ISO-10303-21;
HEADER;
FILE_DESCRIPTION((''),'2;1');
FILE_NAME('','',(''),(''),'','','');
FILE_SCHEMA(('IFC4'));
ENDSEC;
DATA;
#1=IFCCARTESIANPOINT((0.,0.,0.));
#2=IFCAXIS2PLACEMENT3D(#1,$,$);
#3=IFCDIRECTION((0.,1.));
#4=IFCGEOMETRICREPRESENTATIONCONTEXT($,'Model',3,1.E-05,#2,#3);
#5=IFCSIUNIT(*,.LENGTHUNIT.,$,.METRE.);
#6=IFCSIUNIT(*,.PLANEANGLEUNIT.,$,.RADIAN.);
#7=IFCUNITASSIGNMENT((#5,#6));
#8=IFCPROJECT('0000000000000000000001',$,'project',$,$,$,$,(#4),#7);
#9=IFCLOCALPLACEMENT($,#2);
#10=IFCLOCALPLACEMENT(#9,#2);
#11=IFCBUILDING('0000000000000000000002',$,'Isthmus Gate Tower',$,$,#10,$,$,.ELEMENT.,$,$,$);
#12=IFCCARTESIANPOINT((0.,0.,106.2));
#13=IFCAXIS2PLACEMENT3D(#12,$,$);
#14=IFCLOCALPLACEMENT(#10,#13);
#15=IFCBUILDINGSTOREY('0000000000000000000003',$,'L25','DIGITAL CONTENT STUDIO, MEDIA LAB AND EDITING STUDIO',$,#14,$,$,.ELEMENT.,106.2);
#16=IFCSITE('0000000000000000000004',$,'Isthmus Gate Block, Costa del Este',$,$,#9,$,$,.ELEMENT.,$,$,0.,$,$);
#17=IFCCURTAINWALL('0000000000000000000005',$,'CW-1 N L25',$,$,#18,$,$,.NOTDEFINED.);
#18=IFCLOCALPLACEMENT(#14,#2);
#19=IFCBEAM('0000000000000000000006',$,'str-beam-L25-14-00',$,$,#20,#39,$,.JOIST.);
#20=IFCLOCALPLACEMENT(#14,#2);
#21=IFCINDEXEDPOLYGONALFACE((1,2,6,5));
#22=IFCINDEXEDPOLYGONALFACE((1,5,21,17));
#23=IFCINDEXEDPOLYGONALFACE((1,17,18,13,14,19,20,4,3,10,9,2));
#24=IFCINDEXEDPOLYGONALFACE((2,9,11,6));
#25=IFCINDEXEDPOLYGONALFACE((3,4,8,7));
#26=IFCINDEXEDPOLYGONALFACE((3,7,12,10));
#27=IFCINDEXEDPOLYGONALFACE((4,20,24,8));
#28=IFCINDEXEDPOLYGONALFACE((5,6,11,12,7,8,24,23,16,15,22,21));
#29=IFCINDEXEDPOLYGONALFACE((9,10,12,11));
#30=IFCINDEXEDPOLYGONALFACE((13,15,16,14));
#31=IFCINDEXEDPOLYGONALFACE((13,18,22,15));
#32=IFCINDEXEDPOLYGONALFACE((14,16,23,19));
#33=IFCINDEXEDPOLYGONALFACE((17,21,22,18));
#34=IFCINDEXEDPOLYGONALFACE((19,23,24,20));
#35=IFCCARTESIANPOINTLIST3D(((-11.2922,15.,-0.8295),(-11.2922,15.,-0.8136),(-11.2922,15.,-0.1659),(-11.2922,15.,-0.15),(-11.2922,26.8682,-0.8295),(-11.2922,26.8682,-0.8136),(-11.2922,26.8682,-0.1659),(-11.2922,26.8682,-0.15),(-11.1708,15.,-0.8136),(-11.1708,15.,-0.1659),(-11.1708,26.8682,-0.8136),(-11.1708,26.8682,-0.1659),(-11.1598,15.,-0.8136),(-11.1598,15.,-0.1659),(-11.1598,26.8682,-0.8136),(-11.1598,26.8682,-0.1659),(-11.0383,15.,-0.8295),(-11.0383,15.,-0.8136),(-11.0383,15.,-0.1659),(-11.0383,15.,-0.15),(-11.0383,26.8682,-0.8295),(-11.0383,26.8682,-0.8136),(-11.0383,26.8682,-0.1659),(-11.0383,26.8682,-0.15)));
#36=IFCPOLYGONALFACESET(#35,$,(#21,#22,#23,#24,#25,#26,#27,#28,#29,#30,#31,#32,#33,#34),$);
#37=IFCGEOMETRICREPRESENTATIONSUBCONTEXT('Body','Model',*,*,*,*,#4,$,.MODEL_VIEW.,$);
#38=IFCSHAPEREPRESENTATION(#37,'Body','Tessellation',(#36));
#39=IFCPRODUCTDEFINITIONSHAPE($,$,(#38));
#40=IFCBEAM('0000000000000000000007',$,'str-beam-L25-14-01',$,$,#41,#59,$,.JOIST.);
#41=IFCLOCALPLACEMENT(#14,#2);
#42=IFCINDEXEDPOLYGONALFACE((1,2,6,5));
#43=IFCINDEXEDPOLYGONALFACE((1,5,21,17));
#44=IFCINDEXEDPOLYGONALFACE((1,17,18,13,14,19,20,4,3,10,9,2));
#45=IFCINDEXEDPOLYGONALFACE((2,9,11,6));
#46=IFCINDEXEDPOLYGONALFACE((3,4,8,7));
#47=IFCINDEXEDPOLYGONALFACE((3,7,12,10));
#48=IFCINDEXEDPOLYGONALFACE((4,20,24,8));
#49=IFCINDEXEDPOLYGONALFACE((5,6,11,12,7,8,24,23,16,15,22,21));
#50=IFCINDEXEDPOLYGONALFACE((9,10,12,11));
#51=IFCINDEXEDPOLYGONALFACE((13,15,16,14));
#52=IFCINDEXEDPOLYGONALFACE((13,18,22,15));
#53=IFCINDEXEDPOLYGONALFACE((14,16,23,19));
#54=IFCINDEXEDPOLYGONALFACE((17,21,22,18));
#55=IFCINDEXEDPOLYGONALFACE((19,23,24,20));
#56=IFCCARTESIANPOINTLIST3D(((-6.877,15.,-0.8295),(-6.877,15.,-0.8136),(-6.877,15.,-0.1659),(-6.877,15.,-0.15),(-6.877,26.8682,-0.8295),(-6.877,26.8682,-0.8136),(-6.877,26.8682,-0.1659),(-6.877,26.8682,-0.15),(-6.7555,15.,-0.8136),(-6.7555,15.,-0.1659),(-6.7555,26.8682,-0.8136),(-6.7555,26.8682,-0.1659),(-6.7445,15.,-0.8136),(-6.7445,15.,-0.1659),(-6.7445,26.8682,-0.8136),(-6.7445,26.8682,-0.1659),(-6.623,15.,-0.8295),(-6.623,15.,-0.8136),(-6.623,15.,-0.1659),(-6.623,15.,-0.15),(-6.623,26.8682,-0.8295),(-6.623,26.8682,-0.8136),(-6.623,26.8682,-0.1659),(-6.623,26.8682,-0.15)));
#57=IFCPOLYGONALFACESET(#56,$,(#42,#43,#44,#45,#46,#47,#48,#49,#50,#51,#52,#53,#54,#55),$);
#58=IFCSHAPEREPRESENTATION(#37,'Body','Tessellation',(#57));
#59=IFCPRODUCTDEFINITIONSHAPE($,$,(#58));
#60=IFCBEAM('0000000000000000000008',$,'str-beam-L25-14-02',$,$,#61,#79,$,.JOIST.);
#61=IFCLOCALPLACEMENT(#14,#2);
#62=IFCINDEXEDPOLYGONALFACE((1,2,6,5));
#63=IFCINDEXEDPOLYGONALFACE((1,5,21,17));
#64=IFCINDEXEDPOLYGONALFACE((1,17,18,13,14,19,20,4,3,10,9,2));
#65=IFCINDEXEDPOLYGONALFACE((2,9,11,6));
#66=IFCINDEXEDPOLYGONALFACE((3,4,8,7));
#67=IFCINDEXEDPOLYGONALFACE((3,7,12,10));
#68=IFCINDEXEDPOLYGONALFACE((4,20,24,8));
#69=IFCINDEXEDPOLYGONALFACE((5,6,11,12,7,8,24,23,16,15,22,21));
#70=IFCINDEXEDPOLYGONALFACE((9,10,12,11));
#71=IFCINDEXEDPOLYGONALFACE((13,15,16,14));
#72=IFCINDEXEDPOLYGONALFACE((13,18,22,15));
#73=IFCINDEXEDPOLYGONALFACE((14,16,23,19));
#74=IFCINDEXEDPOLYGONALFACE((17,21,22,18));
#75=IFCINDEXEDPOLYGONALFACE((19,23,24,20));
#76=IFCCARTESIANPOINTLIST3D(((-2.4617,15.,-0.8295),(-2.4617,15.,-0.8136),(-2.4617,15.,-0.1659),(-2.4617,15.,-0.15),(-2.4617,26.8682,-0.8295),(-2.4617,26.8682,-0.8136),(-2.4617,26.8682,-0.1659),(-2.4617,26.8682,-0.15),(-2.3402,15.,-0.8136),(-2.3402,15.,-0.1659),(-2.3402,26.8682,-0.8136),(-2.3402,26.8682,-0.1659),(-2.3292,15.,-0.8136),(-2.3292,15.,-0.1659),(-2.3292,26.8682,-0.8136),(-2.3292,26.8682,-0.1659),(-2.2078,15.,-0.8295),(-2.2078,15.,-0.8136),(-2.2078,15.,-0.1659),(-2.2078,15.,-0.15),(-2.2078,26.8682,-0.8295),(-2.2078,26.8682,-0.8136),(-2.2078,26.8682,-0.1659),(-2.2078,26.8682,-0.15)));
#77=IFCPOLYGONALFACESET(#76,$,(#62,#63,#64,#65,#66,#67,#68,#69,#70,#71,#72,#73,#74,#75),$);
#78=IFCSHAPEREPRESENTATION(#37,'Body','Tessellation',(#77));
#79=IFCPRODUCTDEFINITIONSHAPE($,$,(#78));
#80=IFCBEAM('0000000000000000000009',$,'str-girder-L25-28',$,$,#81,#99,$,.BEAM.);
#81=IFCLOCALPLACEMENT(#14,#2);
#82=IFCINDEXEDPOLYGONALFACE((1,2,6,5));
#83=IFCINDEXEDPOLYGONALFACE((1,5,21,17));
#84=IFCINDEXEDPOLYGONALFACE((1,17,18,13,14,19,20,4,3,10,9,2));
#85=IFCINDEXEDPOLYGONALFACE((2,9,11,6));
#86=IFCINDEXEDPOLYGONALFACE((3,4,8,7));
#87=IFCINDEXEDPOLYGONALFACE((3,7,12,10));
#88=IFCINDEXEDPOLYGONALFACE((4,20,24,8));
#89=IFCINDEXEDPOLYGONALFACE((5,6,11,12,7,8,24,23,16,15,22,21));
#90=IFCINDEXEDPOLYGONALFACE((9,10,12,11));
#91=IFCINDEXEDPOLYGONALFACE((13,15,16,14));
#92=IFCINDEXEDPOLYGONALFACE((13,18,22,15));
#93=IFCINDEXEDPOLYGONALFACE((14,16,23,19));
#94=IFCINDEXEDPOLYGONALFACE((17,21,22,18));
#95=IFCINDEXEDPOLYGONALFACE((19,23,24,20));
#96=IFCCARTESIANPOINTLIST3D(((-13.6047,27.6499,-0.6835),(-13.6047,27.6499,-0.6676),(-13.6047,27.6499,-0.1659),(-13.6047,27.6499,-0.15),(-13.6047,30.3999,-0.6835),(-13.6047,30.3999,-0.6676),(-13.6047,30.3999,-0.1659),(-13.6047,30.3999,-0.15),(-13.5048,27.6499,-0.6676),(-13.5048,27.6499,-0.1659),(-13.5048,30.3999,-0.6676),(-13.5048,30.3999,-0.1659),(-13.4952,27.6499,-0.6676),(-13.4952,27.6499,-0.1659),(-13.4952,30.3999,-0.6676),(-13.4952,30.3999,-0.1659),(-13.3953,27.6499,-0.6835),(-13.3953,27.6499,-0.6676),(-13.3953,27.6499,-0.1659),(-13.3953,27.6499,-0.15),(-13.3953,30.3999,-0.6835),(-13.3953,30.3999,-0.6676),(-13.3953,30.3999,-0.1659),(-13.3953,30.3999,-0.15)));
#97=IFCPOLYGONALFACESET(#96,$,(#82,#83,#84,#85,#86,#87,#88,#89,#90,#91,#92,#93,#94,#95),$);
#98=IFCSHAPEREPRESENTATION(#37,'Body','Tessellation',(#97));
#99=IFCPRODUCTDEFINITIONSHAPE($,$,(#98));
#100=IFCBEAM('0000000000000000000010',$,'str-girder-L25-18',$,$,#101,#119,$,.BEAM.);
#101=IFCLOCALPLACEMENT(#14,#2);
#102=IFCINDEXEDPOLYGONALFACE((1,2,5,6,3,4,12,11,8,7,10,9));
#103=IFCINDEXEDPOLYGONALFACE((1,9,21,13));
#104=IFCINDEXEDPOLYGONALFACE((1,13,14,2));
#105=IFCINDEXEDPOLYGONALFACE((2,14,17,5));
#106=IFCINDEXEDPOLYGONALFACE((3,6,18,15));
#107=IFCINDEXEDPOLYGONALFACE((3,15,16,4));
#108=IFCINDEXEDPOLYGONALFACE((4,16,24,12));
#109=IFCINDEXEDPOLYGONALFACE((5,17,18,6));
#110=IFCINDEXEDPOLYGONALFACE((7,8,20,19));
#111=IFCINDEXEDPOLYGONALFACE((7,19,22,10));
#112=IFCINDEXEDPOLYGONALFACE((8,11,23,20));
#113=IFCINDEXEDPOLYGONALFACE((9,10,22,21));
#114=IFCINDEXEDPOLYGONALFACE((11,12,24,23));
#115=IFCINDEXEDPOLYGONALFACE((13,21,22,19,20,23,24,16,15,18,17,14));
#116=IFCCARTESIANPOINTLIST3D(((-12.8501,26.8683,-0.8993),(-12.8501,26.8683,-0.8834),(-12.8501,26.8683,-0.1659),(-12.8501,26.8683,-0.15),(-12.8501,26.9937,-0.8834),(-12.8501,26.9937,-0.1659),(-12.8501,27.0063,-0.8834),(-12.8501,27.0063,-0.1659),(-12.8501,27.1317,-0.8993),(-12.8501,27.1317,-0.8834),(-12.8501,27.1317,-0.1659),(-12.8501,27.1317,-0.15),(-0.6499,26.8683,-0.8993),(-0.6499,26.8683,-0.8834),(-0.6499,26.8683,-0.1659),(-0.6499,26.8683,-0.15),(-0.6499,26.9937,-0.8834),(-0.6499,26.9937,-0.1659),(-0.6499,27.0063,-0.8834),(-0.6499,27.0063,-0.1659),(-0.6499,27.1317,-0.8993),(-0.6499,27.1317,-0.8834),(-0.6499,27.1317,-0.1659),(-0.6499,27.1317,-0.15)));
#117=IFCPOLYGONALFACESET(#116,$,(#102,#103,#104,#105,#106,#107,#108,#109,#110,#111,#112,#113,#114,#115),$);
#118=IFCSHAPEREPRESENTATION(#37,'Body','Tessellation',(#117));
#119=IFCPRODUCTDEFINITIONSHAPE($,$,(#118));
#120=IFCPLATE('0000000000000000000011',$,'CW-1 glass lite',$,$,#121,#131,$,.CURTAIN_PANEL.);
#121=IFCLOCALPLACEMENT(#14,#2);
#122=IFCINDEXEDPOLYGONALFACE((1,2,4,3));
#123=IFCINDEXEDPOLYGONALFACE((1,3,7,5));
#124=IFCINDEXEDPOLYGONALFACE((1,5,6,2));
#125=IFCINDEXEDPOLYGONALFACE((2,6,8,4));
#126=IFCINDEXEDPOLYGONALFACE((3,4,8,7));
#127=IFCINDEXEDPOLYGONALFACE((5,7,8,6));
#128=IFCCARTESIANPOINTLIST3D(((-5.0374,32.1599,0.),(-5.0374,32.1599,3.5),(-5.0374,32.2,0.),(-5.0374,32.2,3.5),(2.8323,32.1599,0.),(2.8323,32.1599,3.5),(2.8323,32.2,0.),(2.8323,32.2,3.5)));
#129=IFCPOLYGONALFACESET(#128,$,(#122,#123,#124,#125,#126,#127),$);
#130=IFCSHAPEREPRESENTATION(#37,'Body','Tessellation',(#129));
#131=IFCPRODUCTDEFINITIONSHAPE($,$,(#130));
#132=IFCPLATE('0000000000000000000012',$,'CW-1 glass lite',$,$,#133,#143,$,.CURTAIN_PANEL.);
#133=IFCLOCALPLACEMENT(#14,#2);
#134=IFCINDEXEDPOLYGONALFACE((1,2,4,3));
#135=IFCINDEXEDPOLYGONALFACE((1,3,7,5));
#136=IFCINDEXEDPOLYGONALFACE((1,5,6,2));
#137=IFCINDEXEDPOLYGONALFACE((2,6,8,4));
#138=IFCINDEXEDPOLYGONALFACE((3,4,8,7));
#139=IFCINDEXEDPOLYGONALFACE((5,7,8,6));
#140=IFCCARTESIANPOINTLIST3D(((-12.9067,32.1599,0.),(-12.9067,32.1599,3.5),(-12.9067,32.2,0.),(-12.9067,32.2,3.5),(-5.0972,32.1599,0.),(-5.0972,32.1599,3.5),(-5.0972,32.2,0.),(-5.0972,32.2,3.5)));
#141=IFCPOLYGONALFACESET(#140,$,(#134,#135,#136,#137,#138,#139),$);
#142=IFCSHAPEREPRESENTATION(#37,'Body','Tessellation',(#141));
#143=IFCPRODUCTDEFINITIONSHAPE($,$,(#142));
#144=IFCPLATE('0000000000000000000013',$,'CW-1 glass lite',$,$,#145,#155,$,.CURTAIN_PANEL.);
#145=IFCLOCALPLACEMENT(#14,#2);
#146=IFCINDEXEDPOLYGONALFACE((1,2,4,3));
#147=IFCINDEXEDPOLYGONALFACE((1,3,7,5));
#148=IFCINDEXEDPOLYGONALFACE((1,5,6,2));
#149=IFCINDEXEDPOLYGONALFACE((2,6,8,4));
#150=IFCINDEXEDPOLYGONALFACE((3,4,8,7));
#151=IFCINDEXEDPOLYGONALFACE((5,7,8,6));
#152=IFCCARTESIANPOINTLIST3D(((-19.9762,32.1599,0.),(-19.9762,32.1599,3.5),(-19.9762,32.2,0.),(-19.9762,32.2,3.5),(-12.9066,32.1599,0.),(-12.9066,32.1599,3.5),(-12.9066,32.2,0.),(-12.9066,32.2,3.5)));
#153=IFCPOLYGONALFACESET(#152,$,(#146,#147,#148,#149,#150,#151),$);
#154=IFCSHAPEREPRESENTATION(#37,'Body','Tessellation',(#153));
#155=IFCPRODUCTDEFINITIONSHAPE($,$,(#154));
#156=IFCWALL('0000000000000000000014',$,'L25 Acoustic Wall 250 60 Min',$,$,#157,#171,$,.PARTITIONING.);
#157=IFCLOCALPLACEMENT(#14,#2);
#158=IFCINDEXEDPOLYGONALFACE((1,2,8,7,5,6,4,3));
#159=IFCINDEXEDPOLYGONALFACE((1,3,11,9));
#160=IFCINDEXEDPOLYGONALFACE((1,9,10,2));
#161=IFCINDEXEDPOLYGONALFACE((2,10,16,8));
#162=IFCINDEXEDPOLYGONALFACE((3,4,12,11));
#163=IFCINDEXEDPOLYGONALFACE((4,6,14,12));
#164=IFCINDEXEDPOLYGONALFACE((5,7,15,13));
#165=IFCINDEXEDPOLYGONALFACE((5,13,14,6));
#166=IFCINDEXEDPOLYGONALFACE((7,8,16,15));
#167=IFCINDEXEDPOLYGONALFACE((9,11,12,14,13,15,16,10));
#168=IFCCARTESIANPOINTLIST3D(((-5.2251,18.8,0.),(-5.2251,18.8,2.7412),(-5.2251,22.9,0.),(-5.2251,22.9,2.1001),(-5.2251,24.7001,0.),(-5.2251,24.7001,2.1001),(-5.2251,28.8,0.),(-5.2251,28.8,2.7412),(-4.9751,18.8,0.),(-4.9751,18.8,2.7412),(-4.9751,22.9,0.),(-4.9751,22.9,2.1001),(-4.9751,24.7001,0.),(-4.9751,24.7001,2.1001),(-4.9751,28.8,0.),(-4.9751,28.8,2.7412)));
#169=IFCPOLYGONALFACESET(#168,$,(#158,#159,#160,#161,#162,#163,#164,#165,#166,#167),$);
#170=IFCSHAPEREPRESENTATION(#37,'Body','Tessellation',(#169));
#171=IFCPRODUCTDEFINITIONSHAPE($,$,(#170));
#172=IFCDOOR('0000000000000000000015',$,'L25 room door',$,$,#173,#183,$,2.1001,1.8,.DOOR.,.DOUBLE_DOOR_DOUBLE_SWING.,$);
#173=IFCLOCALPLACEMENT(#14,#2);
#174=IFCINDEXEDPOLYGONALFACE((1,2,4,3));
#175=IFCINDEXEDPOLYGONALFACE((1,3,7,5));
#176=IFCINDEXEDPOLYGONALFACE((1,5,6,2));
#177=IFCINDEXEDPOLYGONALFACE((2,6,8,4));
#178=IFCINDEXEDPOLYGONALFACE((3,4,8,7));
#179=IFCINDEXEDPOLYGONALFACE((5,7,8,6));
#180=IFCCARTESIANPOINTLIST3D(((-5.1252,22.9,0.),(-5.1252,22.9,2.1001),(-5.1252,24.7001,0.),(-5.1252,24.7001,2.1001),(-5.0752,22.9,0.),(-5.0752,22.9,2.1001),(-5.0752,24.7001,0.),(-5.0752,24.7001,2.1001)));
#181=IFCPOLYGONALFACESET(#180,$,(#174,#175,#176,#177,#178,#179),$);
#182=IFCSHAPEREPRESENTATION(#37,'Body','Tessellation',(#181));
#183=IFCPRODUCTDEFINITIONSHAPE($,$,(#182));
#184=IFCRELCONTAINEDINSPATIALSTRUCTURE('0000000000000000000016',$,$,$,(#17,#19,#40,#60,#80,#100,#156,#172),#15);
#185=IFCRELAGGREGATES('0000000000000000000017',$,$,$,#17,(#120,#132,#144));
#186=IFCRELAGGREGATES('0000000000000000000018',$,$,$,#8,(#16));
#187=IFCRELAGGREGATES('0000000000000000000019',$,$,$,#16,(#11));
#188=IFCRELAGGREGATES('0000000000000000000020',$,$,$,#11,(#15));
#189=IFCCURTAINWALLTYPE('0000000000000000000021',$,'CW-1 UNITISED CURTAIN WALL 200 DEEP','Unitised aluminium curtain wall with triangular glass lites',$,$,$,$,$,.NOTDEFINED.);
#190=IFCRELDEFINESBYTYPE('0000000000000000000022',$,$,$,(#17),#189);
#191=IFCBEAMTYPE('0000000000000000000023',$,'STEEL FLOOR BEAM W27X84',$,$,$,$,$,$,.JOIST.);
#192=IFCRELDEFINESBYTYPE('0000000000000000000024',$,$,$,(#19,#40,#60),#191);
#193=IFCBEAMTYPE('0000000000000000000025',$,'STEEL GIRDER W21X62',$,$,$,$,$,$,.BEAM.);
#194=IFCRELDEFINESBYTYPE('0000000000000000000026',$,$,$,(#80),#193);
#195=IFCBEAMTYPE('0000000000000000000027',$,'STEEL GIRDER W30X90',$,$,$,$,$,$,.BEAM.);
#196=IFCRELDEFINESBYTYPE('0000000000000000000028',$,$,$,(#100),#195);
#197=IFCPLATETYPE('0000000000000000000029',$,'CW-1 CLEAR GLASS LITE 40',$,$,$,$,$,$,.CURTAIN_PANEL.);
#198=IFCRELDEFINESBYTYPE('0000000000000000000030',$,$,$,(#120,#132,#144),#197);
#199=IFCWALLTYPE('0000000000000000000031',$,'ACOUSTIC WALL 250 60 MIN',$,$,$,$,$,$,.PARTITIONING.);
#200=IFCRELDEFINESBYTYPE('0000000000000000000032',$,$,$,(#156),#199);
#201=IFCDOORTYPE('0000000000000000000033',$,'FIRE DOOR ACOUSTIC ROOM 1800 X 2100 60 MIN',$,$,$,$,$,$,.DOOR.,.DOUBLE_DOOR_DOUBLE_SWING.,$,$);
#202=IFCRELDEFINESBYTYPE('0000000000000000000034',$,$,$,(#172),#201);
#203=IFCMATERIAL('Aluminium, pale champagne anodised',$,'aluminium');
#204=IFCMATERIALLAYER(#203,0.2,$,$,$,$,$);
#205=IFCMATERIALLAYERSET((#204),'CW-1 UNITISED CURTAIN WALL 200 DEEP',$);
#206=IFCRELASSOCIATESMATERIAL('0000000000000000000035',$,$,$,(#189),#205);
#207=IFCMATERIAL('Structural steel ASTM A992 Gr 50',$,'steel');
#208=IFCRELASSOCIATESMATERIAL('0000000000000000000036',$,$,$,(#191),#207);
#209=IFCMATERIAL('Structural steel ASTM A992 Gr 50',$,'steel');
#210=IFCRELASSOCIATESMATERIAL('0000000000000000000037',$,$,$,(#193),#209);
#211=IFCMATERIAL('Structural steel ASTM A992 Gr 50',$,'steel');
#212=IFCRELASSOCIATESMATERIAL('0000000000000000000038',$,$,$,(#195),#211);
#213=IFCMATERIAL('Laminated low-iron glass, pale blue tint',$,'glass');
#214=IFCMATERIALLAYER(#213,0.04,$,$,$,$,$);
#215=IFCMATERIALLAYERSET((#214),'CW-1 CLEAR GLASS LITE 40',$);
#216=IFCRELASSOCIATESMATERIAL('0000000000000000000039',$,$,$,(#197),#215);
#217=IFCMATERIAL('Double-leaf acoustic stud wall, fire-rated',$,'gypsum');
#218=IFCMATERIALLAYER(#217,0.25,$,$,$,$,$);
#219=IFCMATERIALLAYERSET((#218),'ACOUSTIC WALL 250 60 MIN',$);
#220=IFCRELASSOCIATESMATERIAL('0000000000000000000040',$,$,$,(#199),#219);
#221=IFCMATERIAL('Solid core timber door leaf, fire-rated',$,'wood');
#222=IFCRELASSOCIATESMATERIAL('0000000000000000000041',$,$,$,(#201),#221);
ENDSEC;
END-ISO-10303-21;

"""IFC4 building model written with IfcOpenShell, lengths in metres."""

from ifc_helpers import new_model, si_unit, direction, frame, frame_2d, origin, origin_2d, place, context, subcontext, project, spatial, rectangle, i_section, extrude, material, layer, layer_set, material_profile, profile_set, type_object, element, fill, aggregate, save


model = new_model("IFC4")

# Units and contexts
model_context = context("Model", 3, precision=1e-05, world=origin(), true_north=direction((0.0, 1.0)))
body_context = subcontext(model_context, "Body", "Model", "MODEL_VIEW")
ifc_project = project(units=[si_unit("LENGTHUNIT", "METRE"), si_unit("PLANEANGLEUNIT", "RADIAN")], contexts=[model_context])

# Site, building, storey
site_placement = place(None, origin())
site = spatial("IfcSite", under=ifc_project, at=site_placement, Name="Isthmus Gate Block, Costa del Este", CompositionType="ELEMENT", RefElevation=0.0)
building_placement = place(site_placement, origin())
building = spatial("IfcBuilding", under=site, at=building_placement, Name="Isthmus Gate Tower", CompositionType="ELEMENT")
storey_placement = place(building_placement, frame((0.0, 0.0, 106.2)))
storey = spatial("IfcBuildingStorey", under=building, at=storey_placement, Name="L25", Description="DIGITAL CONTENT STUDIO, MEDIA LAB AND EDITING STUDIO", CompositionType="ELEMENT", Elevation=106.2)

# Curtain wall
ifc_material_1 = material(Name="Aluminium, pale champagne anodised", Category="aluminium")
ifc_layer_1 = layer(ifc_material_1, 0.2)
ifc_layer_set_1 = layer_set([ifc_layer_1], Name="CW-1 UNITISED CURTAIN WALL 200 DEEP")
curtain_wall_type = type_object("IfcCurtainWallType", Name="CW-1 UNITISED CURTAIN WALL 200 DEEP", Description="Unitised aluminium curtain wall with triangular glass lites", PredefinedType="NOTDEFINED", material=ifc_layer_set_1)
curtain_wall_placement = place(storey_placement, origin())
curtain_wall = element("IfcCurtainWall", 1, at=curtain_wall_placement, inside=storey, type_object=curtain_wall_type, Name="CW-1 N L25", PredefinedType="NOTDEFINED")

# Beams
ifc_material_2 = material(Name="Structural steel ASTM A992 Gr 50", Category="steel")
ifc_material_profile_1 = material_profile(ifc_material_2, i_section(OverallWidth=0.2539, OverallDepth=0.6794, WebThickness=0.011, FlangeThickness=0.0159, at=origin_2d()), Name="W27X84")
ifc_profile_set_1 = profile_set([ifc_material_profile_1], Name="Structural steel ASTM A992 Gr 50")
beam_type_1 = type_object("IfcBeamType", Name="STEEL FLOOR BEAM W27X84", PredefinedType="JOIST", material=ifc_profile_set_1)
for number, where, z_axis, x_axis, name in (
    (2, (-11.1653, 15.0, -0.4897), (0.0, 1.0, 0.0), (-1.0, 0.0, 0.0), "str-beam-L25-14-00"),
    (3, (-6.75, 15.0, -0.4897), (0.0, 1.0, 0.0), (-1.0, 0.0, 0.0), "str-beam-L25-14-01"),
    (4, (-2.3347, 15.0, -0.4897), (0.0, 1.0, 0.0), (-1.0, 0.0, 0.0), "str-beam-L25-14-02"),
):
    element("IfcBeam", number, at=place(storey_placement, frame(where, z_axis=z_axis, x_axis=x_axis)), inside=storey, type_object=beam_type_1, Name=name, PredefinedType="JOIST", context=body_context, shape_type="SweptSolid", body=[
        extrude(i_section(OverallWidth=0.2539, OverallDepth=0.6794, WebThickness=0.011, FlangeThickness=0.0159, at=origin_2d()), origin(), (0.0, 0.0, 1.0), 11.8682),
    ])
ifc_material_3 = material(Name="Structural steel ASTM A992 Gr 50", Category="steel")
ifc_material_profile_2 = material_profile(ifc_material_3, i_section(OverallWidth=0.2095, OverallDepth=0.5334, WebThickness=0.0095, FlangeThickness=0.0159, at=origin_2d()), Name="W21X62")
ifc_profile_set_2 = profile_set([ifc_material_profile_2], Name="Structural steel ASTM A992 Gr 50")
beam_type_2 = type_object("IfcBeamType", Name="STEEL GIRDER W21X62", PredefinedType="BEAM", material=ifc_profile_set_2)
beam_1_placement = place(storey_placement, frame((-13.5, 27.6499, -0.4167), z_axis=(0.0, 1.0, 0.0), x_axis=(-1.0, 0.0, 0.0)))
element("IfcBeam", 5, at=beam_1_placement, inside=storey, type_object=beam_type_2, Name="str-girder-L25-28", PredefinedType="BEAM", context=body_context, shape_type="SweptSolid", body=[
    extrude(i_section(OverallWidth=0.2095, OverallDepth=0.5334, WebThickness=0.0095, FlangeThickness=0.0159, at=origin_2d()), origin(), (0.0, 0.0, 1.0), 2.75),
])
ifc_material_4 = material(Name="Structural steel ASTM A992 Gr 50", Category="steel")
ifc_material_profile_3 = material_profile(ifc_material_4, i_section(OverallWidth=0.2634, OverallDepth=0.7493, WebThickness=0.0127, FlangeThickness=0.0159, at=origin_2d()), Name="W30X90")
ifc_profile_set_3 = profile_set([ifc_material_profile_3], Name="Structural steel ASTM A992 Gr 50")
beam_type_3 = type_object("IfcBeamType", Name="STEEL GIRDER W30X90", PredefinedType="BEAM", material=ifc_profile_set_3)
beam_2_placement = place(storey_placement, frame((-12.8501, 27.0, -0.5247), z_axis=(1.0, 0.0, 0.0), x_axis=(0.0, 1.0, 0.0)))
element("IfcBeam", 6, at=beam_2_placement, inside=storey, type_object=beam_type_3, Name="str-girder-L25-18", PredefinedType="BEAM", context=body_context, shape_type="SweptSolid", body=[
    extrude(i_section(OverallWidth=0.2634, OverallDepth=0.7493, WebThickness=0.0127, FlangeThickness=0.0159, at=origin_2d()), origin(), (0.0, 0.0, 1.0), 12.2002),
])

# Plates
ifc_material_5 = material(Name="Laminated low-iron glass, pale blue tint", Category="glass")
ifc_layer_2 = layer(ifc_material_5, 0.04)
ifc_layer_set_2 = layer_set([ifc_layer_2], Name="CW-1 CLEAR GLASS LITE 40")
plate_type = type_object("IfcPlateType", Name="CW-1 CLEAR GLASS LITE 40", PredefinedType="CURTAIN_PANEL", material=ifc_layer_set_2)
plate_1_placement = place(storey_placement, frame((-1.1025, 32.1799, 0.0), z_axis=(0.0, 0.0, 1.0), x_axis=(-1.0, 0.0, 0.0)))
plate_1 = element("IfcPlate", 7, at=plate_1_placement, type_object=plate_type, Name="CW-1 glass lite", PredefinedType="CURTAIN_PANEL", context=body_context, shape_type="SweptSolid", body=[
    extrude(rectangle(XDim=7.8696, YDim=0.04, at=origin_2d()), origin(), (0.0, 0.0, 1.0), 3.5),
])
plate_2_placement = place(storey_placement, frame((-9.002, 32.1799, 0.0), z_axis=(0.0, 0.0, 1.0), x_axis=(-1.0, 0.0, 0.0)))
plate_2 = element("IfcPlate", 8, at=plate_2_placement, type_object=plate_type, Name="CW-1 glass lite", PredefinedType="CURTAIN_PANEL", context=body_context, shape_type="SweptSolid", body=[
    extrude(rectangle(XDim=7.8096, YDim=0.04, at=origin_2d()), origin(), (0.0, 0.0, 1.0), 3.5),
])
plate_3_placement = place(storey_placement, frame((-16.4414, 32.1799, 0.0), z_axis=(0.0, 0.0, 1.0), x_axis=(-1.0, 0.0, 0.0)))
plate_3 = element("IfcPlate", 9, at=plate_3_placement, type_object=plate_type, Name="CW-1 glass lite", PredefinedType="CURTAIN_PANEL", context=body_context, shape_type="SweptSolid", body=[
    extrude(rectangle(XDim=7.0696, YDim=0.04, at=origin_2d()), origin(), (0.0, 0.0, 1.0), 3.5),
])
aggregate(curtain_wall, [plate_1, plate_2, plate_3])

# Wall, opening, door
ifc_material_6 = material(Name="Double-leaf acoustic stud wall, fire-rated", Category="gypsum")
ifc_layer_3 = layer(ifc_material_6, 0.25)
ifc_layer_set_3 = layer_set([ifc_layer_3], Name="ACOUSTIC WALL 250 60 MIN")
wall_type = type_object("IfcWallType", Name="ACOUSTIC WALL 250 60 MIN", PredefinedType="PARTITIONING", material=ifc_layer_set_3)
wall_1_placement = place(storey_placement, frame((-5.1001, 28.8, 0.0), z_axis=(0.0, 0.0, 1.0), x_axis=(0.0, -1.0, 0.0)))
wall_1 = element("IfcWall", 10, at=wall_1_placement, inside=storey, type_object=wall_type, Name="L25 Acoustic Wall 250 60 Min", PredefinedType="PARTITIONING", context=body_context, shape_type="SweptSolid", body=[
    extrude(rectangle(XDim=10.0, YDim=0.25, at=frame_2d((5.0, 0.0))), origin(), (0.0, 0.0, 1.0), 2.7412),
])
opening_placement = place(wall_1_placement, frame((4.1001, 0.0, 0.0)))
opening = element("IfcOpeningElement", 11, at=opening_placement, cuts=wall_1, PredefinedType="OPENING", context=body_context, shape_type="SweptSolid", body=[
    extrude(rectangle(XDim=1.8, YDim=2.1001, at=frame_2d((0.8999, 1.05))), frame((0.0, 0.135, 0.0), z_axis=(0.0, -1.0, 0.0), x_axis=(1.0, 0.0, 0.0)), (0.0, 0.0, 1.0), 0.27),
])
ifc_material_7 = material(Name="Solid core timber door leaf, fire-rated", Category="wood")
door_type = type_object("IfcDoorType", Name="FIRE DOOR ACOUSTIC ROOM 1800 X 2100 60 MIN", OperationType="DOUBLE_DOOR_DOUBLE_SWING", PredefinedType="DOOR", material=ifc_material_7)
door_placement = place(opening_placement, origin())
door = element("IfcDoor", 12, at=door_placement, inside=storey, type_object=door_type, Name="L25 room door", OperationType="DOUBLE_DOOR_DOUBLE_SWING", OverallHeight=2.1001, OverallWidth=1.8, PredefinedType="DOOR", context=body_context, shape_type="SweptSolid", body=[
    extrude(rectangle(XDim=1.8, YDim=2.1001, at=frame_2d((0.8999, 1.05))), frame((0.0, 0.0249, 0.0), z_axis=(0.0, -1.0, 0.0), x_axis=(1.0, 0.0, 0.0)), (0.0, 0.0, 1.0), 0.05),
])
fill(opening, door)

save(model, "model.ifc")
